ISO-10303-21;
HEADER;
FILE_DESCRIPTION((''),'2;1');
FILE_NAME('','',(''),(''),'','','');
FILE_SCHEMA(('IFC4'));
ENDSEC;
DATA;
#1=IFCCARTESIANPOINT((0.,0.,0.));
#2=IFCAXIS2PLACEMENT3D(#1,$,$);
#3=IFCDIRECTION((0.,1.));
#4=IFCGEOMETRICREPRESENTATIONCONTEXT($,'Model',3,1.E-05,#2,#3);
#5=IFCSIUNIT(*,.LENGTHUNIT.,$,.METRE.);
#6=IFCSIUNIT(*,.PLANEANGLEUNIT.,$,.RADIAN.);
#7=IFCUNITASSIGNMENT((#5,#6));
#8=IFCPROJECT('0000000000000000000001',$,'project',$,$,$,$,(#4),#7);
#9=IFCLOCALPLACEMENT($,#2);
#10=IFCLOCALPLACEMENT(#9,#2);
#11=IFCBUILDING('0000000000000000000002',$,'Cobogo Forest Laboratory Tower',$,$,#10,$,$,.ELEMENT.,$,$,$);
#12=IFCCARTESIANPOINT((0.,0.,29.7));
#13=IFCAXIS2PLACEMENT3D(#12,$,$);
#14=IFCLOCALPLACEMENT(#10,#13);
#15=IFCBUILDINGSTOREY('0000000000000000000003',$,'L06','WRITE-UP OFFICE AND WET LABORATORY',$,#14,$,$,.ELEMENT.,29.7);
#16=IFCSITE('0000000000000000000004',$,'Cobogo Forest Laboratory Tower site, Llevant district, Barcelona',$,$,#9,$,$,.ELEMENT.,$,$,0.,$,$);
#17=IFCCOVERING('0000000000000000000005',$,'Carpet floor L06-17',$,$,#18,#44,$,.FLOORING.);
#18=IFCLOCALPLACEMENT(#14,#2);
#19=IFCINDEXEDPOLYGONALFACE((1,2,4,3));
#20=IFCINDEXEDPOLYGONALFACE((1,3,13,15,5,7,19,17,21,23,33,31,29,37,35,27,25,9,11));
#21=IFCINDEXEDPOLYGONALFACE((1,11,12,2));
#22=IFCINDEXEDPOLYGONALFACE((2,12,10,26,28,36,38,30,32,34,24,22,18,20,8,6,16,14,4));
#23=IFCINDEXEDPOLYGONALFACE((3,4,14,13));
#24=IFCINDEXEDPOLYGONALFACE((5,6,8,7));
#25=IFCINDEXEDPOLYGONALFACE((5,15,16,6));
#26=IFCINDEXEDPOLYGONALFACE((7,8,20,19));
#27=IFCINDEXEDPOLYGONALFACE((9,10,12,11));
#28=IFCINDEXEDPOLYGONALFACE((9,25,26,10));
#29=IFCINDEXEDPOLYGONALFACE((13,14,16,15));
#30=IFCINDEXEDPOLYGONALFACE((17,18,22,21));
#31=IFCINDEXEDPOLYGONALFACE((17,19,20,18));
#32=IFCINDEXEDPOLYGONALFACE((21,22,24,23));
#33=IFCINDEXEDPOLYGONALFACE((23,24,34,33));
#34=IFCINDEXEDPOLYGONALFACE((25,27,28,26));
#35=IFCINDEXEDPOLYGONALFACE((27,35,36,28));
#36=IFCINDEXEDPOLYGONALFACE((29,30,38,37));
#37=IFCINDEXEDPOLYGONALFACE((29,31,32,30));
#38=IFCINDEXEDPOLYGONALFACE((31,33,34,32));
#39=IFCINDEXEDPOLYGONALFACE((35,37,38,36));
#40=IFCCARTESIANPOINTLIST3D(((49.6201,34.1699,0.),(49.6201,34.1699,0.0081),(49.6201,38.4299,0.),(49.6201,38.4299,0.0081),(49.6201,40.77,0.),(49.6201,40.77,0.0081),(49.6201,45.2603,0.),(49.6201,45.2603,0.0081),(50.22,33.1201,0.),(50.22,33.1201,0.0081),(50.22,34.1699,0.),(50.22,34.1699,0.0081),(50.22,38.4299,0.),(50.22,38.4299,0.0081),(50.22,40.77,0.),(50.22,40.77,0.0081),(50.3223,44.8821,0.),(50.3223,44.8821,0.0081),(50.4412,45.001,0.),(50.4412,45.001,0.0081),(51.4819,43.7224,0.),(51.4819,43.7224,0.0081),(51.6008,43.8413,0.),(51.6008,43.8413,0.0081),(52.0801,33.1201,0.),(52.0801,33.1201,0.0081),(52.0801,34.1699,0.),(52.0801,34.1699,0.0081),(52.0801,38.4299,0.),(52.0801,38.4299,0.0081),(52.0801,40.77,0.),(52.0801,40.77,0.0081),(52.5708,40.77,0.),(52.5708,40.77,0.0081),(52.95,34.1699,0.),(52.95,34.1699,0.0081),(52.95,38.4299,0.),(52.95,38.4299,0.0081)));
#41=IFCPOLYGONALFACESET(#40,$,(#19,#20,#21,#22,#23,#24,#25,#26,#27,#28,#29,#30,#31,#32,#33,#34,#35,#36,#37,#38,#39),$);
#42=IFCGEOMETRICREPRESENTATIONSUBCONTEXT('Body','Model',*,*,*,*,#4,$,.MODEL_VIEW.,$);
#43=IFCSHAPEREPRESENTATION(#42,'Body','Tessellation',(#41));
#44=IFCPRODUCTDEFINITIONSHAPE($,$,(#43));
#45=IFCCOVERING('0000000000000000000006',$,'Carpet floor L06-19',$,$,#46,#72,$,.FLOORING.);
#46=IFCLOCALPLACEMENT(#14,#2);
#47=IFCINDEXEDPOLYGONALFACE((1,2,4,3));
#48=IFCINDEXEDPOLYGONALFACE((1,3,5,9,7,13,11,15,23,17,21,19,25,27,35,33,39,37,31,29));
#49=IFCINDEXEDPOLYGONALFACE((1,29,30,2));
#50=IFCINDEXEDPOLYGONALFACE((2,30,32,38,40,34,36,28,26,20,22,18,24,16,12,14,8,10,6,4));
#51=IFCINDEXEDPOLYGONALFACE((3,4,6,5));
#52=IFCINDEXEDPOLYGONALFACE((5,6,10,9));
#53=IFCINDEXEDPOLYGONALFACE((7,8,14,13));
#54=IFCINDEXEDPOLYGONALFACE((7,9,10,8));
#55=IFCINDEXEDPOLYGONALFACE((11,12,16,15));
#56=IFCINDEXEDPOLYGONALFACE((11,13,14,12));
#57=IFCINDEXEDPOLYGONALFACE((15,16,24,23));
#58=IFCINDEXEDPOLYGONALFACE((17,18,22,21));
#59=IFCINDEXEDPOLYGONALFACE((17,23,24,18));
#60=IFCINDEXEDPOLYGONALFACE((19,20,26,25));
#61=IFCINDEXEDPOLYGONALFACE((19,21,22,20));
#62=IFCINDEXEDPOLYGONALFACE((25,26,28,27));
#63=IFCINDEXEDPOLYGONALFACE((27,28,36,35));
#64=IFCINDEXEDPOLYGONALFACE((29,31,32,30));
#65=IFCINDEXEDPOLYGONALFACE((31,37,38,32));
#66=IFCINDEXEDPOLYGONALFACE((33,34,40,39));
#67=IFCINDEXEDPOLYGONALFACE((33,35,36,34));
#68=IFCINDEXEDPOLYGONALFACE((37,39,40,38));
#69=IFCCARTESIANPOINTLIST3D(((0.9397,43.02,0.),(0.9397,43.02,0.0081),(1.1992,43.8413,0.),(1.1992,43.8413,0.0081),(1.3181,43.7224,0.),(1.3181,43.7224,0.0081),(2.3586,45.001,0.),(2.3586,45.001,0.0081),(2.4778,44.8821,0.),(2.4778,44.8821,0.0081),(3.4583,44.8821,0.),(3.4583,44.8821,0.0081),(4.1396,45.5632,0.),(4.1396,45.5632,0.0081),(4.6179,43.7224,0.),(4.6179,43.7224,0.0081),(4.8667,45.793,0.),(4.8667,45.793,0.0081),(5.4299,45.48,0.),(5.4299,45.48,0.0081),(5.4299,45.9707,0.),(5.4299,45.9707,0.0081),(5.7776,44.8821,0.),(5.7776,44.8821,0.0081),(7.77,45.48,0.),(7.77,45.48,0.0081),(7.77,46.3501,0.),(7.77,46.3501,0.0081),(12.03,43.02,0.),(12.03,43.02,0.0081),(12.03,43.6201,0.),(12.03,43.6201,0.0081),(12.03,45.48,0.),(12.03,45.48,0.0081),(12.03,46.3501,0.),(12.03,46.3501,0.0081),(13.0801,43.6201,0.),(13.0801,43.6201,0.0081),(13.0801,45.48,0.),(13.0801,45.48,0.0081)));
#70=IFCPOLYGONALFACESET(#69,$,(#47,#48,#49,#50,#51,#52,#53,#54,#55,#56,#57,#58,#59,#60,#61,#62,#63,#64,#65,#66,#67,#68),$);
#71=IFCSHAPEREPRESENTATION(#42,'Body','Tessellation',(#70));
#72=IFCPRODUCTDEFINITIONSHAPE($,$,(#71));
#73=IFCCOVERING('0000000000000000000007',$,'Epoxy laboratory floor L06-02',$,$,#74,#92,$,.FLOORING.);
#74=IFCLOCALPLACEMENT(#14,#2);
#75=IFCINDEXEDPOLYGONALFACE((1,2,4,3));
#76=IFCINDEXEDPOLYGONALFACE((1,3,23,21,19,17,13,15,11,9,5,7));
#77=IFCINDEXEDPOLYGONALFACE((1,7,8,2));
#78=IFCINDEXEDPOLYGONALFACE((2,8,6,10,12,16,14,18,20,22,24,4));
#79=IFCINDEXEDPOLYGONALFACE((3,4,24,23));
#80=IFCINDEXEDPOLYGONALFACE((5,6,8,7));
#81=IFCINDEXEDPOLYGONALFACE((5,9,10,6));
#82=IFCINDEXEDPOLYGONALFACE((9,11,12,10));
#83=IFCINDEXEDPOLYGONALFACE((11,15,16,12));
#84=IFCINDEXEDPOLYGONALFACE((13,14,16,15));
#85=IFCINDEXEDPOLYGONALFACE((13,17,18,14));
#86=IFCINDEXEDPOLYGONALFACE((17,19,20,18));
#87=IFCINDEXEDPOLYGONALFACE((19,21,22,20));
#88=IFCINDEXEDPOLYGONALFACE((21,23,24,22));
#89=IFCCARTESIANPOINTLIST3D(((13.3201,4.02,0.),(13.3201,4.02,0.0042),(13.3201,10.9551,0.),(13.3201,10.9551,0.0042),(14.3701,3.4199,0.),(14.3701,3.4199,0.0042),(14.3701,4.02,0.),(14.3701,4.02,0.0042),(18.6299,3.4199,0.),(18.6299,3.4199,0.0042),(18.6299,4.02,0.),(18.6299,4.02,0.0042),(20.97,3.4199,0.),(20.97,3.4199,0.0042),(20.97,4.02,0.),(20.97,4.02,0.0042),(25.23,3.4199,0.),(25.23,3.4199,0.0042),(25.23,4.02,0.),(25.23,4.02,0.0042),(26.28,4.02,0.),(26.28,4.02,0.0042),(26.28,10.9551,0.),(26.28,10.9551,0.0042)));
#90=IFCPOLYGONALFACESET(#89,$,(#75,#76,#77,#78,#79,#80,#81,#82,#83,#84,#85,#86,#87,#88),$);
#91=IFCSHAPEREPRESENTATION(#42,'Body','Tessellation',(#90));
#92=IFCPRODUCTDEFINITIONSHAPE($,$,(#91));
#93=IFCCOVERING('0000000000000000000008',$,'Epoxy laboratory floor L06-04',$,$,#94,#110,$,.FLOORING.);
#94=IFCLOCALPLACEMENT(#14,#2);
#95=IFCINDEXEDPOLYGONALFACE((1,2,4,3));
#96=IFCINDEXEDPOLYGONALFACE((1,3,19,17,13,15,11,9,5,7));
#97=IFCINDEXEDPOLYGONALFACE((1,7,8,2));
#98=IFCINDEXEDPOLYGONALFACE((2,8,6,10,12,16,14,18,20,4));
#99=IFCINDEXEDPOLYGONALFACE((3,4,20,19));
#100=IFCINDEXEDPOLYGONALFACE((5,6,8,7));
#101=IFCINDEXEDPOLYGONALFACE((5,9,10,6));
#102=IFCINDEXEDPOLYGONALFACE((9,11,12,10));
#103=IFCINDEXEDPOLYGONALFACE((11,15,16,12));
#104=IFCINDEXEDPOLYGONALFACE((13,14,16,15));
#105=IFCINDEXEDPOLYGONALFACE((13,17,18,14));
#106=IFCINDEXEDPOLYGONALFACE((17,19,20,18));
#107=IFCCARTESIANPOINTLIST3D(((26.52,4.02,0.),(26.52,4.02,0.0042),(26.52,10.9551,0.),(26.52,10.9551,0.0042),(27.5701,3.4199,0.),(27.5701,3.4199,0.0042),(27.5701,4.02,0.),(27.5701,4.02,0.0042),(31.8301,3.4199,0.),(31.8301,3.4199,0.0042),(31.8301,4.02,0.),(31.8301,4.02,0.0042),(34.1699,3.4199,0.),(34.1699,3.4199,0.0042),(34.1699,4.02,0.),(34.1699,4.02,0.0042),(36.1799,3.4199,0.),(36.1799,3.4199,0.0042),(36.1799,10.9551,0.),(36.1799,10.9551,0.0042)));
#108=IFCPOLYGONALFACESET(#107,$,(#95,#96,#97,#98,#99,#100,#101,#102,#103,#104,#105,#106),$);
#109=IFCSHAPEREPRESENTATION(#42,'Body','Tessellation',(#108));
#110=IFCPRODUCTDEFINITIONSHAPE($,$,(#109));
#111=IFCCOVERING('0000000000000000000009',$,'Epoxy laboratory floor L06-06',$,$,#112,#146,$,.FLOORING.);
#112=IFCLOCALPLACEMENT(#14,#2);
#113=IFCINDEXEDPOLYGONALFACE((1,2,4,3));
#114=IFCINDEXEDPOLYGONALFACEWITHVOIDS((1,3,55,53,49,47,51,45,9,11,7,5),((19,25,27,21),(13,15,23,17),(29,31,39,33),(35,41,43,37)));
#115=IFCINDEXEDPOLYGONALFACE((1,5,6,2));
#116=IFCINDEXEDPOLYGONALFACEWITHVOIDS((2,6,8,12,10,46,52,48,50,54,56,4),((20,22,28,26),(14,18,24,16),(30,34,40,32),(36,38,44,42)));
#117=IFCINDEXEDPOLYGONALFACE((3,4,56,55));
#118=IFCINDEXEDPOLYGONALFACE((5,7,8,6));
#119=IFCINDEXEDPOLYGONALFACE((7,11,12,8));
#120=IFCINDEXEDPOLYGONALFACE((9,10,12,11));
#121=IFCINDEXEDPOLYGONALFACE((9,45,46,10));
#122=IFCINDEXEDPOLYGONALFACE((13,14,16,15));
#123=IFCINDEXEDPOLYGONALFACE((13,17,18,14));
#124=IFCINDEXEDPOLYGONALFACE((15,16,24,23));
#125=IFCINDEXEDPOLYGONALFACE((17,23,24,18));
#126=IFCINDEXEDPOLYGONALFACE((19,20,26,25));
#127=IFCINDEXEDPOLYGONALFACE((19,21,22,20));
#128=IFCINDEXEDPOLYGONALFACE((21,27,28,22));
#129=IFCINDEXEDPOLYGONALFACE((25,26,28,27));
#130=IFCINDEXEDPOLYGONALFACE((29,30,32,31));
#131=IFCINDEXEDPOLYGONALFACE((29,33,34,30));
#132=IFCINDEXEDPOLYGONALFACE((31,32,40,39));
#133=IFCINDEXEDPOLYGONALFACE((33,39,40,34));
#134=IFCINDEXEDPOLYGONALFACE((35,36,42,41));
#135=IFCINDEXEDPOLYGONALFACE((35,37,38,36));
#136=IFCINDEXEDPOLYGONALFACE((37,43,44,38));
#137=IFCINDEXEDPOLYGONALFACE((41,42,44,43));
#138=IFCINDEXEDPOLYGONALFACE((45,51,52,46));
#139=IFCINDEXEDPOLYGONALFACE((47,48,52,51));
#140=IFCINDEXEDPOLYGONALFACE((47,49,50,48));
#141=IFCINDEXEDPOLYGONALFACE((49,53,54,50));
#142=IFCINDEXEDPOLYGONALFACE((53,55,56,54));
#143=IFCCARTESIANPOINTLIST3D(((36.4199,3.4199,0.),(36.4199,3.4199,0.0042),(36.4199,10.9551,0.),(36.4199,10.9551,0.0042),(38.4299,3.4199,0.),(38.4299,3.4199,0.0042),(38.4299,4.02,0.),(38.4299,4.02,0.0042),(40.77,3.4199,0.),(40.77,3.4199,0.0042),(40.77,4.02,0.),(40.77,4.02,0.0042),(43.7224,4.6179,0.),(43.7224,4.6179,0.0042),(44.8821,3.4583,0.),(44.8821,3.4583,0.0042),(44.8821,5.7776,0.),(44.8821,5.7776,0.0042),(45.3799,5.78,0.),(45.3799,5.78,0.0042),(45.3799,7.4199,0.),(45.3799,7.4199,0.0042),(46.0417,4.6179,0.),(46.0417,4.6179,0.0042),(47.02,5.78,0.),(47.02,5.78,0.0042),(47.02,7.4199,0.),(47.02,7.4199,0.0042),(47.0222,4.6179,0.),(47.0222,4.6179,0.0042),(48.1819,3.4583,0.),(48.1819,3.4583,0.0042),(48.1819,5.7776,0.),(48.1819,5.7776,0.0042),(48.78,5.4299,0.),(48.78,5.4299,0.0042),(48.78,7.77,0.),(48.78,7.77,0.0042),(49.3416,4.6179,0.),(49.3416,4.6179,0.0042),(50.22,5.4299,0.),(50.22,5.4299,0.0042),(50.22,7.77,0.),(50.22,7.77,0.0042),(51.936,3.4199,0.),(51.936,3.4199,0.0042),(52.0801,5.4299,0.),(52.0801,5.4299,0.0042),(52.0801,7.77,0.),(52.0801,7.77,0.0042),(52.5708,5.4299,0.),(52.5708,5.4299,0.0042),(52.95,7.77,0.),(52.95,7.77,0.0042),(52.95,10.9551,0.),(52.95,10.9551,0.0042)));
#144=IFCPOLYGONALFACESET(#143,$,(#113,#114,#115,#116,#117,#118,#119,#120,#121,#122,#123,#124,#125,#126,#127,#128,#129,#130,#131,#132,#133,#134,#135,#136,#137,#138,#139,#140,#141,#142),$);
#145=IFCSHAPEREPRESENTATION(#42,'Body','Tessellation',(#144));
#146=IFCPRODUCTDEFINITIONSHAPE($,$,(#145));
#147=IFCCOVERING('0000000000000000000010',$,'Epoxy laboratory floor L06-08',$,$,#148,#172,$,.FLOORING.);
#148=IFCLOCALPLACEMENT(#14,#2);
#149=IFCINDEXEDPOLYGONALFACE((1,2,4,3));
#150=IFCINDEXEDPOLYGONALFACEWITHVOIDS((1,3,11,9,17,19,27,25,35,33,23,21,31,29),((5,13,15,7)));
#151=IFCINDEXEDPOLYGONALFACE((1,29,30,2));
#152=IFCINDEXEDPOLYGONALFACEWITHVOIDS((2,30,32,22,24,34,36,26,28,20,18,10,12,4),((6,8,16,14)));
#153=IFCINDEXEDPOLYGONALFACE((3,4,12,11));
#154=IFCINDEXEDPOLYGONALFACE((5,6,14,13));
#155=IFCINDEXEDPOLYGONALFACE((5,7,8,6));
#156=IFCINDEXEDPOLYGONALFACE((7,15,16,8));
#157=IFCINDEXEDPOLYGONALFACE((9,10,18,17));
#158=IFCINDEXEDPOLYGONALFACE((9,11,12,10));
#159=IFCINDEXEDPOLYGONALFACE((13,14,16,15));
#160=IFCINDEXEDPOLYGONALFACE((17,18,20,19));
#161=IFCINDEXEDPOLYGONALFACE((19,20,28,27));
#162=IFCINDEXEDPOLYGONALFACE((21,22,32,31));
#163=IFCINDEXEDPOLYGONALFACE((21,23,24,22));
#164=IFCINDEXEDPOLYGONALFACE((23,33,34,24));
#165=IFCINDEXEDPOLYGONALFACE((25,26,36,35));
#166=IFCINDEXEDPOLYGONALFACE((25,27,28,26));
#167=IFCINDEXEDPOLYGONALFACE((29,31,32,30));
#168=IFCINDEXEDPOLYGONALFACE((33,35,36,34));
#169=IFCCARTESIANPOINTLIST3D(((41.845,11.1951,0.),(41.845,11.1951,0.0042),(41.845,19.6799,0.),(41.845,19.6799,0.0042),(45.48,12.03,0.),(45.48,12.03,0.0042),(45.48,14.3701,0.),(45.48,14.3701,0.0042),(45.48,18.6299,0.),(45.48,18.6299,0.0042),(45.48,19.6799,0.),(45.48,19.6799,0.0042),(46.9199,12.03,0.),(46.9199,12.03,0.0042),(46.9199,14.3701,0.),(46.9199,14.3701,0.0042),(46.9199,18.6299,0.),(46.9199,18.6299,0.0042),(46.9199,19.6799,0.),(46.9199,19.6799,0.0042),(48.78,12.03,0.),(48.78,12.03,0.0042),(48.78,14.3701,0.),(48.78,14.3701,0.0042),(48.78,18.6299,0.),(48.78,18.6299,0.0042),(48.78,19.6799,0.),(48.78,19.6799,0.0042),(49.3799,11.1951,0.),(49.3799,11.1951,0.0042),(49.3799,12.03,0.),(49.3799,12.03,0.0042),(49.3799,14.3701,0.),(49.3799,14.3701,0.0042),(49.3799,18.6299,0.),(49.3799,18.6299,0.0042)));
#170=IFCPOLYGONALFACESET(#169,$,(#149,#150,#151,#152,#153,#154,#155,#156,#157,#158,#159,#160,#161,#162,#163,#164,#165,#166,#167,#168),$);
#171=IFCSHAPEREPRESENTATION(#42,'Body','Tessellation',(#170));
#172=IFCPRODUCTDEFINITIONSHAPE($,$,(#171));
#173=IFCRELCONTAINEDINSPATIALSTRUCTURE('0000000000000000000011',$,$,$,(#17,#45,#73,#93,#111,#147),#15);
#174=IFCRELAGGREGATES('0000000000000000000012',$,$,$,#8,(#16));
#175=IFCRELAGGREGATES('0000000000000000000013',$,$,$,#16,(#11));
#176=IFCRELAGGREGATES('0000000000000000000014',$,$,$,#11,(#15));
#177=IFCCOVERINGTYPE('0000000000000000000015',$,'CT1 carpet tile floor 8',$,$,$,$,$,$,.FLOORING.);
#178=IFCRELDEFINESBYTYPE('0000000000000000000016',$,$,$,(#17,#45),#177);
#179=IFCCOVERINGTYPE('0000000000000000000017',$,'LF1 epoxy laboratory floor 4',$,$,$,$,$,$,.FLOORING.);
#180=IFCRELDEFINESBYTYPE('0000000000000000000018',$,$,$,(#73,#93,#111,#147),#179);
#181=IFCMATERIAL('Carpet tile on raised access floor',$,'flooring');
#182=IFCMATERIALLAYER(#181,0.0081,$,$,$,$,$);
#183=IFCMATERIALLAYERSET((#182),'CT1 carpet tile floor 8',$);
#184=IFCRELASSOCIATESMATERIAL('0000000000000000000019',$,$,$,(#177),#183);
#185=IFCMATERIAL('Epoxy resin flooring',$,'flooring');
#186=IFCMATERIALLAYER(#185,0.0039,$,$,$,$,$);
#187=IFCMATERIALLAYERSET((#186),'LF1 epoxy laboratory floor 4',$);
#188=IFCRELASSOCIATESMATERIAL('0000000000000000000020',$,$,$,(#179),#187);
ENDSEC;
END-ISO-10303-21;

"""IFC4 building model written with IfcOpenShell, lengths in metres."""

from ifc_helpers import new_model, si_unit, direction, frame, origin, place, context, subcontext, project, spatial, polyline, outline, extrude, material, layer, layer_set, type_object, element, save


model = new_model("IFC4")

# Units and contexts
model_context = context("Model", 3, precision=1e-05, world=origin(), true_north=direction((0.0, 1.0)))
body_context = subcontext(model_context, "Body", "Model", "MODEL_VIEW")
ifc_project = project(units=[si_unit("LENGTHUNIT", "METRE"), si_unit("PLANEANGLEUNIT", "RADIAN")], contexts=[model_context])

# Site, building, storey
site_placement = place(None, origin())
site = spatial("IfcSite", under=ifc_project, at=site_placement, Name="Cobogo Forest Laboratory Tower site, Llevant district, Barcelona", CompositionType="ELEMENT", RefElevation=0.0)
building_placement = place(site_placement, origin())
building = spatial("IfcBuilding", under=site, at=building_placement, Name="Cobogo Forest Laboratory Tower", CompositionType="ELEMENT")
storey_placement = place(building_placement, frame((0.0, 0.0, 29.7)))
storey = spatial("IfcBuildingStorey", under=building, at=storey_placement, Name="L06", Description="WRITE-UP OFFICE AND WET LABORATORY", CompositionType="ELEMENT", Elevation=29.7)

# Coverings
ifc_material_1 = material(Name="Carpet tile on raised access floor", Category="flooring")
ifc_layer_1 = layer(ifc_material_1, 0.0081)
ifc_layer_set_1 = layer_set([ifc_layer_1], Name="CT1 carpet tile floor 8")
covering_type_1 = type_object("IfcCoveringType", Name="CT1 carpet tile floor 8", PredefinedType="FLOORING", material=ifc_layer_set_1)
covering_1_placement = place(storey_placement, origin())
element("IfcCovering", 1, at=covering_1_placement, inside=storey, type_object=covering_type_1, Name="Carpet floor L06-17", PredefinedType="FLOORING", context=body_context, shape_type="SweptSolid", body=[
    extrude(outline(polyline([(49.6201, 38.4299), (50.22, 38.4299), (50.22, 40.77), (49.6201, 40.77), (49.6201, 45.2603), (50.4412, 45.001), (50.3223, 44.8821), (51.4819, 43.7224), (51.6008, 43.8413), (52.5708, 40.77), (52.0801, 40.77), (52.0801, 38.4299), (52.95, 38.4299), (52.95, 34.1699), (52.0801, 34.1699), (52.0801, 33.1201), (50.22, 33.1201), (50.22, 34.1699), (49.6201, 34.1699), (49.6201, 38.4299)])), origin(), (0.0, 0.0, 1.0), 0.0081),
])
covering_2_placement = place(storey_placement, origin())
element("IfcCovering", 2, at=covering_2_placement, inside=storey, type_object=covering_type_1, Name="Carpet floor L06-19", PredefinedType="FLOORING", context=body_context, shape_type="SweptSolid", body=[
    extrude(outline(polyline([(0.9397, 43.02), (1.1992, 43.8413), (1.3181, 43.7224), (2.4778, 44.8821), (2.3586, 45.001), (4.1396, 45.5632), (3.4583, 44.8821), (4.6179, 43.7224), (5.7776, 44.8821), (4.8667, 45.793), (5.4299, 45.9707), (5.4299, 45.48), (7.77, 45.48), (7.77, 46.3501), (12.03, 46.3501), (12.03, 45.48), (13.0801, 45.48), (13.0801, 43.6201), (12.03, 43.6201), (12.03, 43.02), (0.9397, 43.02)])), origin(), (0.0, 0.0, 1.0), 0.0081),
])
ifc_material_2 = material(Name="Epoxy resin flooring", Category="flooring")
ifc_layer_2 = layer(ifc_material_2, 0.0039)
ifc_layer_set_2 = layer_set([ifc_layer_2], Name="LF1 epoxy laboratory floor 4")
covering_type_2 = type_object("IfcCoveringType", Name="LF1 epoxy laboratory floor 4", PredefinedType="FLOORING", material=ifc_layer_set_2)
covering_3_placement = place(storey_placement, origin())
element("IfcCovering", 3, at=covering_3_placement, inside=storey, type_object=covering_type_2, Name="Epoxy laboratory floor L06-02", PredefinedType="FLOORING", context=body_context, shape_type="SweptSolid", body=[
    extrude(outline(polyline([(13.3201, 10.9551), (26.28, 10.9551), (26.28, 4.02), (25.23, 4.02), (25.23, 3.4199), (20.97, 3.4199), (20.97, 4.02), (18.6299, 4.02), (18.6299, 3.4199), (14.3701, 3.4199), (14.3701, 4.02), (13.3201, 4.02), (13.3201, 10.9551)])), origin(), (0.0, 0.0, 1.0), 0.0042),
])
covering_4_placement = place(storey_placement, origin())
element("IfcCovering", 4, at=covering_4_placement, inside=storey, type_object=covering_type_2, Name="Epoxy laboratory floor L06-04", PredefinedType="FLOORING", context=body_context, shape_type="SweptSolid", body=[
    extrude(outline(polyline([(26.52, 10.9551), (36.1799, 10.9551), (36.1799, 3.4199), (34.1699, 3.4199), (34.1699, 4.02), (31.8301, 4.02), (31.8301, 3.4199), (27.5701, 3.4199), (27.5701, 4.02), (26.52, 4.02), (26.52, 10.9551)])), origin(), (0.0, 0.0, 1.0), 0.0042),
])
covering_5_placement = place(storey_placement, origin())
element("IfcCovering", 5, at=covering_5_placement, inside=storey, type_object=covering_type_2, Name="Epoxy laboratory floor L06-06", PredefinedType="FLOORING", context=body_context, shape_type="SweptSolid", body=[
    extrude(outline(polyline([(36.4199, 10.9551), (52.95, 10.9551), (52.95, 7.77), (52.0801, 7.77), (52.0801, 5.4299), (52.5708, 5.4299), (51.936, 3.4199), (40.77, 3.4199), (40.77, 4.02), (38.4299, 4.02), (38.4299, 3.4199), (36.4199, 3.4199), (36.4199, 10.9551)]), holes=[polyline([(48.78, 5.4299), (50.22, 5.4299), (50.22, 7.77), (48.78, 7.77), (48.78, 5.4299)]), polyline([(48.1819, 5.7776), (47.0222, 4.6179), (48.1819, 3.4583), (49.3416, 4.6179), (48.1819, 5.7776)]), polyline([(45.3799, 7.4199), (45.3799, 5.78), (47.02, 5.78), (47.02, 7.4199), (45.3799, 7.4199)]), polyline([(44.8821, 5.7776), (43.7224, 4.6179), (44.8821, 3.4583), (46.0417, 4.6179), (44.8821, 5.7776)])]), origin(), (0.0, 0.0, 1.0), 0.0042),
])
covering_6_placement = place(storey_placement, origin())
element("IfcCovering", 6, at=covering_6_placement, inside=storey, type_object=covering_type_2, Name="Epoxy laboratory floor L06-08", PredefinedType="FLOORING", context=body_context, shape_type="SweptSolid", body=[
    extrude(outline(polyline([(41.845, 19.6799), (45.48, 19.6799), (45.48, 18.6299), (46.9199, 18.6299), (46.9199, 19.6799), (48.78, 19.6799), (48.78, 18.6299), (49.3799, 18.6299), (49.3799, 14.3701), (48.78, 14.3701), (48.78, 12.03), (49.3799, 12.03), (49.3799, 11.1951), (41.845, 11.1951), (41.845, 19.6799)]), holes=[polyline([(45.48, 12.03), (46.9199, 12.03), (46.9199, 14.3701), (45.48, 14.3701), (45.48, 12.03)])]), origin(), (0.0, 0.0, 1.0), 0.0042),
])

save(model, "model.ifc")
